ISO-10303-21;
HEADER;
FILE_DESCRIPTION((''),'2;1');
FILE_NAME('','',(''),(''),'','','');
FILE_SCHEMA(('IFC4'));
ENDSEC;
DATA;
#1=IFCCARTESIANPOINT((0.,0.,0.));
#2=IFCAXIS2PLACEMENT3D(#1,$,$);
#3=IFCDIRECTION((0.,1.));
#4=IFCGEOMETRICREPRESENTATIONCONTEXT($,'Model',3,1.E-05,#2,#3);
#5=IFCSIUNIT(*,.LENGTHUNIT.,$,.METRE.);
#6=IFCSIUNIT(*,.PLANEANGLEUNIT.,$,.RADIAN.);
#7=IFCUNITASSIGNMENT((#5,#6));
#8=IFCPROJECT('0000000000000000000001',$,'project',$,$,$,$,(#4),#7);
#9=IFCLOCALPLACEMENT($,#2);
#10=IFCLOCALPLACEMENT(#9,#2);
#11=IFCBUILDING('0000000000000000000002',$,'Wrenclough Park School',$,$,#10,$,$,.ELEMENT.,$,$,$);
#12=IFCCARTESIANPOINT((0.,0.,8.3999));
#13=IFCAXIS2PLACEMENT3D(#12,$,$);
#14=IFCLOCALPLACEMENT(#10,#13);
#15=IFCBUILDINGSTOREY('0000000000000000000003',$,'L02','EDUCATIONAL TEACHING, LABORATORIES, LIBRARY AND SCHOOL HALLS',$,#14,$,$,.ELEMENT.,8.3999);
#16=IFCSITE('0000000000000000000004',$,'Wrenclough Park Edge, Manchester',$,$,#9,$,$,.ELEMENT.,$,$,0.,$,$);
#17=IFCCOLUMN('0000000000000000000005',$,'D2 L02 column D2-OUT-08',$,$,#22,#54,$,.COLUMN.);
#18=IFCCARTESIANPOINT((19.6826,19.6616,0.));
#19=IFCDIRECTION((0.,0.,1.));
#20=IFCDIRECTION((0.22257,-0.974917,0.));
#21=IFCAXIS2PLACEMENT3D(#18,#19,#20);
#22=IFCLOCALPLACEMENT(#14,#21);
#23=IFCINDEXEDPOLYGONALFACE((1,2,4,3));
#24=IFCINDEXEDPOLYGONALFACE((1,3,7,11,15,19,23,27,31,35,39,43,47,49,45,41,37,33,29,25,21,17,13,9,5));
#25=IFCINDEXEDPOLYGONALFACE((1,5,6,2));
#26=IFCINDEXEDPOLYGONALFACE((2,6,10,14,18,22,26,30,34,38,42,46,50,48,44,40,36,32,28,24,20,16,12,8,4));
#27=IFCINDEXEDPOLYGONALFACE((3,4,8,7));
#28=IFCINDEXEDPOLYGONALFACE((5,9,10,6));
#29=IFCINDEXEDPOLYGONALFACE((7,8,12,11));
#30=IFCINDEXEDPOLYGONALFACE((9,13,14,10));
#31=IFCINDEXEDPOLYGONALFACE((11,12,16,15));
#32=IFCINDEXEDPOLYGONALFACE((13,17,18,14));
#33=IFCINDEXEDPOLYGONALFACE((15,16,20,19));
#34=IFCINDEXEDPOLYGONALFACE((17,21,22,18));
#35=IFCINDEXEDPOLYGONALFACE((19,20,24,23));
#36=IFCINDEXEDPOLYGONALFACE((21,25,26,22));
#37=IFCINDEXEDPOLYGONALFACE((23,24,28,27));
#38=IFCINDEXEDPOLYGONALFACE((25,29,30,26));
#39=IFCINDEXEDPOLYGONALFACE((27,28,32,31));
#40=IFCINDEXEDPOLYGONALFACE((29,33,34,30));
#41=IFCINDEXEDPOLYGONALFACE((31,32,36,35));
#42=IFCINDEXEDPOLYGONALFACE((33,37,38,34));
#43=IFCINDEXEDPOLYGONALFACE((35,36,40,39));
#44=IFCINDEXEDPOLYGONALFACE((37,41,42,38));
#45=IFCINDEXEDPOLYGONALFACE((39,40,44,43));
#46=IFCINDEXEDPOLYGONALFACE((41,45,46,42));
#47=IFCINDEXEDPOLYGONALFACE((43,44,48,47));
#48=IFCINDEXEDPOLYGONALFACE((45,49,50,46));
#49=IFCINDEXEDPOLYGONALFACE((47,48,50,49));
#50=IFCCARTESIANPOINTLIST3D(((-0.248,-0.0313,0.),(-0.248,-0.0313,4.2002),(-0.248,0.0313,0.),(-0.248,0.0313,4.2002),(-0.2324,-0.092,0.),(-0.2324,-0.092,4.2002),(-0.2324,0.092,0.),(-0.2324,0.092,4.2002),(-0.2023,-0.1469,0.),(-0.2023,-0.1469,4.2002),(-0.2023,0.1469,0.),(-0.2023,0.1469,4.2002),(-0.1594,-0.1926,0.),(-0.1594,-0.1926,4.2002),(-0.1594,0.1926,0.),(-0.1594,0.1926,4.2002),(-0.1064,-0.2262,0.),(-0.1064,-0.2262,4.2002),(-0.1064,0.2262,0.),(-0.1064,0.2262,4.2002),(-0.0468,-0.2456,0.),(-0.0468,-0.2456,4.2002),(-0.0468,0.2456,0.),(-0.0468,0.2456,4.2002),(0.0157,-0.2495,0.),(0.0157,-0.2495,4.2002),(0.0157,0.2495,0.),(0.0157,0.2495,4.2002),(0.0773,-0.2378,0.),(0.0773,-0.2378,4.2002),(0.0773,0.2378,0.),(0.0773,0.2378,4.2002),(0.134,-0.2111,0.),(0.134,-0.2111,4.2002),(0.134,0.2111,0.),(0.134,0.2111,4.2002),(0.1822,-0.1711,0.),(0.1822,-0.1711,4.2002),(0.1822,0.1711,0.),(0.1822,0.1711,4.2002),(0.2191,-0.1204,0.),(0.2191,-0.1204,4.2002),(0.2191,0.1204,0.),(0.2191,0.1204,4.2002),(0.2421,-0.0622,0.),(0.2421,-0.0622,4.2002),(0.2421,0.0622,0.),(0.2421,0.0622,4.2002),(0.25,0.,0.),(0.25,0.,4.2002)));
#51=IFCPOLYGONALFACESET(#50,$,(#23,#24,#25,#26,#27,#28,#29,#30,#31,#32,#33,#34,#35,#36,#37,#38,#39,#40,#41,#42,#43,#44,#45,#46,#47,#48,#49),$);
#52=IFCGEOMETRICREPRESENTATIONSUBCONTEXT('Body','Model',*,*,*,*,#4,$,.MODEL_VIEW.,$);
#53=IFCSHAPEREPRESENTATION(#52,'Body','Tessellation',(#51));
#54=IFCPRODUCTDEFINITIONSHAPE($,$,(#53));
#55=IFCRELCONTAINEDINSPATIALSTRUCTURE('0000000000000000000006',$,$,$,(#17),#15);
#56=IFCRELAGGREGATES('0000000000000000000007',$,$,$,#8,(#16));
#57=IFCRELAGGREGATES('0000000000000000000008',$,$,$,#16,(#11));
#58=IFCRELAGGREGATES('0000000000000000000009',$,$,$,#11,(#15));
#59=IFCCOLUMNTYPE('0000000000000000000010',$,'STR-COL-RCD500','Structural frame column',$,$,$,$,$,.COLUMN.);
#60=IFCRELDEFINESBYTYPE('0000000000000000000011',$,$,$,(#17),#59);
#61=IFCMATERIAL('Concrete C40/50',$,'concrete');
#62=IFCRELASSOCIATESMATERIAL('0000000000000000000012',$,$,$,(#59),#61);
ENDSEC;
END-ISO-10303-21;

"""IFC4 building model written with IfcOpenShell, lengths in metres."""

from ifc_helpers import new_model, si_unit, direction, frame, origin, origin_2d, place, context, subcontext, project, spatial, circle, extrude, material, material_profile, profile_set, type_object, element, save


model = new_model("IFC4")

# Units and contexts
model_context = context("Model", 3, precision=1e-05, world=origin(), true_north=direction((0.0, 1.0)))
body_context = subcontext(model_context, "Body", "Model", "MODEL_VIEW")
ifc_project = project(units=[si_unit("LENGTHUNIT", "METRE"), si_unit("PLANEANGLEUNIT", "RADIAN")], contexts=[model_context])

# Site, building, storey
site_placement = place(None, origin())
site = spatial("IfcSite", under=ifc_project, at=site_placement, Name="Wrenclough Park Edge, Manchester", CompositionType="ELEMENT", RefElevation=0.0)
building_placement = place(site_placement, origin())
building = spatial("IfcBuilding", under=site, at=building_placement, Name="Wrenclough Park School", CompositionType="ELEMENT")
storey_placement = place(building_placement, frame((0.0, 0.0, 8.3999)))
storey = spatial("IfcBuildingStorey", under=building, at=storey_placement, Name="L02", Description="EDUCATIONAL TEACHING, LABORATORIES, LIBRARY AND SCHOOL HALLS", CompositionType="ELEMENT", Elevation=8.3999)

# Column
ifc_material_1 = material(Name="Concrete C40/50", Category="concrete")
ifc_material_profile_1 = material_profile(ifc_material_1, circle(Radius=0.25, at=origin_2d()), Name="RC COL D500")
ifc_profile_set_1 = profile_set([ifc_material_profile_1], Name="Concrete C40/50")
column_type_1 = type_object("IfcColumnType", Name="STR-COL-RCD500", Description="Structural frame column", PredefinedType="COLUMN", material=ifc_profile_set_1)
column_1_placement = place(storey_placement, frame((19.6826, 19.6616, 0.0), z_axis=(0.0, 0.0, 1.0), x_axis=(0.22257, -0.974917, 0.0)))
element("IfcColumn", 1, at=column_1_placement, inside=storey, type_object=column_type_1, Name="D2 L02 column D2-OUT-08", PredefinedType="COLUMN", context=body_context, shape_type="SweptSolid", body=[
    extrude(circle(Radius=0.25, at=origin_2d()), origin(), (0.0, 0.0, 1.0), 4.2002),
])

save(model, "model.ifc")
